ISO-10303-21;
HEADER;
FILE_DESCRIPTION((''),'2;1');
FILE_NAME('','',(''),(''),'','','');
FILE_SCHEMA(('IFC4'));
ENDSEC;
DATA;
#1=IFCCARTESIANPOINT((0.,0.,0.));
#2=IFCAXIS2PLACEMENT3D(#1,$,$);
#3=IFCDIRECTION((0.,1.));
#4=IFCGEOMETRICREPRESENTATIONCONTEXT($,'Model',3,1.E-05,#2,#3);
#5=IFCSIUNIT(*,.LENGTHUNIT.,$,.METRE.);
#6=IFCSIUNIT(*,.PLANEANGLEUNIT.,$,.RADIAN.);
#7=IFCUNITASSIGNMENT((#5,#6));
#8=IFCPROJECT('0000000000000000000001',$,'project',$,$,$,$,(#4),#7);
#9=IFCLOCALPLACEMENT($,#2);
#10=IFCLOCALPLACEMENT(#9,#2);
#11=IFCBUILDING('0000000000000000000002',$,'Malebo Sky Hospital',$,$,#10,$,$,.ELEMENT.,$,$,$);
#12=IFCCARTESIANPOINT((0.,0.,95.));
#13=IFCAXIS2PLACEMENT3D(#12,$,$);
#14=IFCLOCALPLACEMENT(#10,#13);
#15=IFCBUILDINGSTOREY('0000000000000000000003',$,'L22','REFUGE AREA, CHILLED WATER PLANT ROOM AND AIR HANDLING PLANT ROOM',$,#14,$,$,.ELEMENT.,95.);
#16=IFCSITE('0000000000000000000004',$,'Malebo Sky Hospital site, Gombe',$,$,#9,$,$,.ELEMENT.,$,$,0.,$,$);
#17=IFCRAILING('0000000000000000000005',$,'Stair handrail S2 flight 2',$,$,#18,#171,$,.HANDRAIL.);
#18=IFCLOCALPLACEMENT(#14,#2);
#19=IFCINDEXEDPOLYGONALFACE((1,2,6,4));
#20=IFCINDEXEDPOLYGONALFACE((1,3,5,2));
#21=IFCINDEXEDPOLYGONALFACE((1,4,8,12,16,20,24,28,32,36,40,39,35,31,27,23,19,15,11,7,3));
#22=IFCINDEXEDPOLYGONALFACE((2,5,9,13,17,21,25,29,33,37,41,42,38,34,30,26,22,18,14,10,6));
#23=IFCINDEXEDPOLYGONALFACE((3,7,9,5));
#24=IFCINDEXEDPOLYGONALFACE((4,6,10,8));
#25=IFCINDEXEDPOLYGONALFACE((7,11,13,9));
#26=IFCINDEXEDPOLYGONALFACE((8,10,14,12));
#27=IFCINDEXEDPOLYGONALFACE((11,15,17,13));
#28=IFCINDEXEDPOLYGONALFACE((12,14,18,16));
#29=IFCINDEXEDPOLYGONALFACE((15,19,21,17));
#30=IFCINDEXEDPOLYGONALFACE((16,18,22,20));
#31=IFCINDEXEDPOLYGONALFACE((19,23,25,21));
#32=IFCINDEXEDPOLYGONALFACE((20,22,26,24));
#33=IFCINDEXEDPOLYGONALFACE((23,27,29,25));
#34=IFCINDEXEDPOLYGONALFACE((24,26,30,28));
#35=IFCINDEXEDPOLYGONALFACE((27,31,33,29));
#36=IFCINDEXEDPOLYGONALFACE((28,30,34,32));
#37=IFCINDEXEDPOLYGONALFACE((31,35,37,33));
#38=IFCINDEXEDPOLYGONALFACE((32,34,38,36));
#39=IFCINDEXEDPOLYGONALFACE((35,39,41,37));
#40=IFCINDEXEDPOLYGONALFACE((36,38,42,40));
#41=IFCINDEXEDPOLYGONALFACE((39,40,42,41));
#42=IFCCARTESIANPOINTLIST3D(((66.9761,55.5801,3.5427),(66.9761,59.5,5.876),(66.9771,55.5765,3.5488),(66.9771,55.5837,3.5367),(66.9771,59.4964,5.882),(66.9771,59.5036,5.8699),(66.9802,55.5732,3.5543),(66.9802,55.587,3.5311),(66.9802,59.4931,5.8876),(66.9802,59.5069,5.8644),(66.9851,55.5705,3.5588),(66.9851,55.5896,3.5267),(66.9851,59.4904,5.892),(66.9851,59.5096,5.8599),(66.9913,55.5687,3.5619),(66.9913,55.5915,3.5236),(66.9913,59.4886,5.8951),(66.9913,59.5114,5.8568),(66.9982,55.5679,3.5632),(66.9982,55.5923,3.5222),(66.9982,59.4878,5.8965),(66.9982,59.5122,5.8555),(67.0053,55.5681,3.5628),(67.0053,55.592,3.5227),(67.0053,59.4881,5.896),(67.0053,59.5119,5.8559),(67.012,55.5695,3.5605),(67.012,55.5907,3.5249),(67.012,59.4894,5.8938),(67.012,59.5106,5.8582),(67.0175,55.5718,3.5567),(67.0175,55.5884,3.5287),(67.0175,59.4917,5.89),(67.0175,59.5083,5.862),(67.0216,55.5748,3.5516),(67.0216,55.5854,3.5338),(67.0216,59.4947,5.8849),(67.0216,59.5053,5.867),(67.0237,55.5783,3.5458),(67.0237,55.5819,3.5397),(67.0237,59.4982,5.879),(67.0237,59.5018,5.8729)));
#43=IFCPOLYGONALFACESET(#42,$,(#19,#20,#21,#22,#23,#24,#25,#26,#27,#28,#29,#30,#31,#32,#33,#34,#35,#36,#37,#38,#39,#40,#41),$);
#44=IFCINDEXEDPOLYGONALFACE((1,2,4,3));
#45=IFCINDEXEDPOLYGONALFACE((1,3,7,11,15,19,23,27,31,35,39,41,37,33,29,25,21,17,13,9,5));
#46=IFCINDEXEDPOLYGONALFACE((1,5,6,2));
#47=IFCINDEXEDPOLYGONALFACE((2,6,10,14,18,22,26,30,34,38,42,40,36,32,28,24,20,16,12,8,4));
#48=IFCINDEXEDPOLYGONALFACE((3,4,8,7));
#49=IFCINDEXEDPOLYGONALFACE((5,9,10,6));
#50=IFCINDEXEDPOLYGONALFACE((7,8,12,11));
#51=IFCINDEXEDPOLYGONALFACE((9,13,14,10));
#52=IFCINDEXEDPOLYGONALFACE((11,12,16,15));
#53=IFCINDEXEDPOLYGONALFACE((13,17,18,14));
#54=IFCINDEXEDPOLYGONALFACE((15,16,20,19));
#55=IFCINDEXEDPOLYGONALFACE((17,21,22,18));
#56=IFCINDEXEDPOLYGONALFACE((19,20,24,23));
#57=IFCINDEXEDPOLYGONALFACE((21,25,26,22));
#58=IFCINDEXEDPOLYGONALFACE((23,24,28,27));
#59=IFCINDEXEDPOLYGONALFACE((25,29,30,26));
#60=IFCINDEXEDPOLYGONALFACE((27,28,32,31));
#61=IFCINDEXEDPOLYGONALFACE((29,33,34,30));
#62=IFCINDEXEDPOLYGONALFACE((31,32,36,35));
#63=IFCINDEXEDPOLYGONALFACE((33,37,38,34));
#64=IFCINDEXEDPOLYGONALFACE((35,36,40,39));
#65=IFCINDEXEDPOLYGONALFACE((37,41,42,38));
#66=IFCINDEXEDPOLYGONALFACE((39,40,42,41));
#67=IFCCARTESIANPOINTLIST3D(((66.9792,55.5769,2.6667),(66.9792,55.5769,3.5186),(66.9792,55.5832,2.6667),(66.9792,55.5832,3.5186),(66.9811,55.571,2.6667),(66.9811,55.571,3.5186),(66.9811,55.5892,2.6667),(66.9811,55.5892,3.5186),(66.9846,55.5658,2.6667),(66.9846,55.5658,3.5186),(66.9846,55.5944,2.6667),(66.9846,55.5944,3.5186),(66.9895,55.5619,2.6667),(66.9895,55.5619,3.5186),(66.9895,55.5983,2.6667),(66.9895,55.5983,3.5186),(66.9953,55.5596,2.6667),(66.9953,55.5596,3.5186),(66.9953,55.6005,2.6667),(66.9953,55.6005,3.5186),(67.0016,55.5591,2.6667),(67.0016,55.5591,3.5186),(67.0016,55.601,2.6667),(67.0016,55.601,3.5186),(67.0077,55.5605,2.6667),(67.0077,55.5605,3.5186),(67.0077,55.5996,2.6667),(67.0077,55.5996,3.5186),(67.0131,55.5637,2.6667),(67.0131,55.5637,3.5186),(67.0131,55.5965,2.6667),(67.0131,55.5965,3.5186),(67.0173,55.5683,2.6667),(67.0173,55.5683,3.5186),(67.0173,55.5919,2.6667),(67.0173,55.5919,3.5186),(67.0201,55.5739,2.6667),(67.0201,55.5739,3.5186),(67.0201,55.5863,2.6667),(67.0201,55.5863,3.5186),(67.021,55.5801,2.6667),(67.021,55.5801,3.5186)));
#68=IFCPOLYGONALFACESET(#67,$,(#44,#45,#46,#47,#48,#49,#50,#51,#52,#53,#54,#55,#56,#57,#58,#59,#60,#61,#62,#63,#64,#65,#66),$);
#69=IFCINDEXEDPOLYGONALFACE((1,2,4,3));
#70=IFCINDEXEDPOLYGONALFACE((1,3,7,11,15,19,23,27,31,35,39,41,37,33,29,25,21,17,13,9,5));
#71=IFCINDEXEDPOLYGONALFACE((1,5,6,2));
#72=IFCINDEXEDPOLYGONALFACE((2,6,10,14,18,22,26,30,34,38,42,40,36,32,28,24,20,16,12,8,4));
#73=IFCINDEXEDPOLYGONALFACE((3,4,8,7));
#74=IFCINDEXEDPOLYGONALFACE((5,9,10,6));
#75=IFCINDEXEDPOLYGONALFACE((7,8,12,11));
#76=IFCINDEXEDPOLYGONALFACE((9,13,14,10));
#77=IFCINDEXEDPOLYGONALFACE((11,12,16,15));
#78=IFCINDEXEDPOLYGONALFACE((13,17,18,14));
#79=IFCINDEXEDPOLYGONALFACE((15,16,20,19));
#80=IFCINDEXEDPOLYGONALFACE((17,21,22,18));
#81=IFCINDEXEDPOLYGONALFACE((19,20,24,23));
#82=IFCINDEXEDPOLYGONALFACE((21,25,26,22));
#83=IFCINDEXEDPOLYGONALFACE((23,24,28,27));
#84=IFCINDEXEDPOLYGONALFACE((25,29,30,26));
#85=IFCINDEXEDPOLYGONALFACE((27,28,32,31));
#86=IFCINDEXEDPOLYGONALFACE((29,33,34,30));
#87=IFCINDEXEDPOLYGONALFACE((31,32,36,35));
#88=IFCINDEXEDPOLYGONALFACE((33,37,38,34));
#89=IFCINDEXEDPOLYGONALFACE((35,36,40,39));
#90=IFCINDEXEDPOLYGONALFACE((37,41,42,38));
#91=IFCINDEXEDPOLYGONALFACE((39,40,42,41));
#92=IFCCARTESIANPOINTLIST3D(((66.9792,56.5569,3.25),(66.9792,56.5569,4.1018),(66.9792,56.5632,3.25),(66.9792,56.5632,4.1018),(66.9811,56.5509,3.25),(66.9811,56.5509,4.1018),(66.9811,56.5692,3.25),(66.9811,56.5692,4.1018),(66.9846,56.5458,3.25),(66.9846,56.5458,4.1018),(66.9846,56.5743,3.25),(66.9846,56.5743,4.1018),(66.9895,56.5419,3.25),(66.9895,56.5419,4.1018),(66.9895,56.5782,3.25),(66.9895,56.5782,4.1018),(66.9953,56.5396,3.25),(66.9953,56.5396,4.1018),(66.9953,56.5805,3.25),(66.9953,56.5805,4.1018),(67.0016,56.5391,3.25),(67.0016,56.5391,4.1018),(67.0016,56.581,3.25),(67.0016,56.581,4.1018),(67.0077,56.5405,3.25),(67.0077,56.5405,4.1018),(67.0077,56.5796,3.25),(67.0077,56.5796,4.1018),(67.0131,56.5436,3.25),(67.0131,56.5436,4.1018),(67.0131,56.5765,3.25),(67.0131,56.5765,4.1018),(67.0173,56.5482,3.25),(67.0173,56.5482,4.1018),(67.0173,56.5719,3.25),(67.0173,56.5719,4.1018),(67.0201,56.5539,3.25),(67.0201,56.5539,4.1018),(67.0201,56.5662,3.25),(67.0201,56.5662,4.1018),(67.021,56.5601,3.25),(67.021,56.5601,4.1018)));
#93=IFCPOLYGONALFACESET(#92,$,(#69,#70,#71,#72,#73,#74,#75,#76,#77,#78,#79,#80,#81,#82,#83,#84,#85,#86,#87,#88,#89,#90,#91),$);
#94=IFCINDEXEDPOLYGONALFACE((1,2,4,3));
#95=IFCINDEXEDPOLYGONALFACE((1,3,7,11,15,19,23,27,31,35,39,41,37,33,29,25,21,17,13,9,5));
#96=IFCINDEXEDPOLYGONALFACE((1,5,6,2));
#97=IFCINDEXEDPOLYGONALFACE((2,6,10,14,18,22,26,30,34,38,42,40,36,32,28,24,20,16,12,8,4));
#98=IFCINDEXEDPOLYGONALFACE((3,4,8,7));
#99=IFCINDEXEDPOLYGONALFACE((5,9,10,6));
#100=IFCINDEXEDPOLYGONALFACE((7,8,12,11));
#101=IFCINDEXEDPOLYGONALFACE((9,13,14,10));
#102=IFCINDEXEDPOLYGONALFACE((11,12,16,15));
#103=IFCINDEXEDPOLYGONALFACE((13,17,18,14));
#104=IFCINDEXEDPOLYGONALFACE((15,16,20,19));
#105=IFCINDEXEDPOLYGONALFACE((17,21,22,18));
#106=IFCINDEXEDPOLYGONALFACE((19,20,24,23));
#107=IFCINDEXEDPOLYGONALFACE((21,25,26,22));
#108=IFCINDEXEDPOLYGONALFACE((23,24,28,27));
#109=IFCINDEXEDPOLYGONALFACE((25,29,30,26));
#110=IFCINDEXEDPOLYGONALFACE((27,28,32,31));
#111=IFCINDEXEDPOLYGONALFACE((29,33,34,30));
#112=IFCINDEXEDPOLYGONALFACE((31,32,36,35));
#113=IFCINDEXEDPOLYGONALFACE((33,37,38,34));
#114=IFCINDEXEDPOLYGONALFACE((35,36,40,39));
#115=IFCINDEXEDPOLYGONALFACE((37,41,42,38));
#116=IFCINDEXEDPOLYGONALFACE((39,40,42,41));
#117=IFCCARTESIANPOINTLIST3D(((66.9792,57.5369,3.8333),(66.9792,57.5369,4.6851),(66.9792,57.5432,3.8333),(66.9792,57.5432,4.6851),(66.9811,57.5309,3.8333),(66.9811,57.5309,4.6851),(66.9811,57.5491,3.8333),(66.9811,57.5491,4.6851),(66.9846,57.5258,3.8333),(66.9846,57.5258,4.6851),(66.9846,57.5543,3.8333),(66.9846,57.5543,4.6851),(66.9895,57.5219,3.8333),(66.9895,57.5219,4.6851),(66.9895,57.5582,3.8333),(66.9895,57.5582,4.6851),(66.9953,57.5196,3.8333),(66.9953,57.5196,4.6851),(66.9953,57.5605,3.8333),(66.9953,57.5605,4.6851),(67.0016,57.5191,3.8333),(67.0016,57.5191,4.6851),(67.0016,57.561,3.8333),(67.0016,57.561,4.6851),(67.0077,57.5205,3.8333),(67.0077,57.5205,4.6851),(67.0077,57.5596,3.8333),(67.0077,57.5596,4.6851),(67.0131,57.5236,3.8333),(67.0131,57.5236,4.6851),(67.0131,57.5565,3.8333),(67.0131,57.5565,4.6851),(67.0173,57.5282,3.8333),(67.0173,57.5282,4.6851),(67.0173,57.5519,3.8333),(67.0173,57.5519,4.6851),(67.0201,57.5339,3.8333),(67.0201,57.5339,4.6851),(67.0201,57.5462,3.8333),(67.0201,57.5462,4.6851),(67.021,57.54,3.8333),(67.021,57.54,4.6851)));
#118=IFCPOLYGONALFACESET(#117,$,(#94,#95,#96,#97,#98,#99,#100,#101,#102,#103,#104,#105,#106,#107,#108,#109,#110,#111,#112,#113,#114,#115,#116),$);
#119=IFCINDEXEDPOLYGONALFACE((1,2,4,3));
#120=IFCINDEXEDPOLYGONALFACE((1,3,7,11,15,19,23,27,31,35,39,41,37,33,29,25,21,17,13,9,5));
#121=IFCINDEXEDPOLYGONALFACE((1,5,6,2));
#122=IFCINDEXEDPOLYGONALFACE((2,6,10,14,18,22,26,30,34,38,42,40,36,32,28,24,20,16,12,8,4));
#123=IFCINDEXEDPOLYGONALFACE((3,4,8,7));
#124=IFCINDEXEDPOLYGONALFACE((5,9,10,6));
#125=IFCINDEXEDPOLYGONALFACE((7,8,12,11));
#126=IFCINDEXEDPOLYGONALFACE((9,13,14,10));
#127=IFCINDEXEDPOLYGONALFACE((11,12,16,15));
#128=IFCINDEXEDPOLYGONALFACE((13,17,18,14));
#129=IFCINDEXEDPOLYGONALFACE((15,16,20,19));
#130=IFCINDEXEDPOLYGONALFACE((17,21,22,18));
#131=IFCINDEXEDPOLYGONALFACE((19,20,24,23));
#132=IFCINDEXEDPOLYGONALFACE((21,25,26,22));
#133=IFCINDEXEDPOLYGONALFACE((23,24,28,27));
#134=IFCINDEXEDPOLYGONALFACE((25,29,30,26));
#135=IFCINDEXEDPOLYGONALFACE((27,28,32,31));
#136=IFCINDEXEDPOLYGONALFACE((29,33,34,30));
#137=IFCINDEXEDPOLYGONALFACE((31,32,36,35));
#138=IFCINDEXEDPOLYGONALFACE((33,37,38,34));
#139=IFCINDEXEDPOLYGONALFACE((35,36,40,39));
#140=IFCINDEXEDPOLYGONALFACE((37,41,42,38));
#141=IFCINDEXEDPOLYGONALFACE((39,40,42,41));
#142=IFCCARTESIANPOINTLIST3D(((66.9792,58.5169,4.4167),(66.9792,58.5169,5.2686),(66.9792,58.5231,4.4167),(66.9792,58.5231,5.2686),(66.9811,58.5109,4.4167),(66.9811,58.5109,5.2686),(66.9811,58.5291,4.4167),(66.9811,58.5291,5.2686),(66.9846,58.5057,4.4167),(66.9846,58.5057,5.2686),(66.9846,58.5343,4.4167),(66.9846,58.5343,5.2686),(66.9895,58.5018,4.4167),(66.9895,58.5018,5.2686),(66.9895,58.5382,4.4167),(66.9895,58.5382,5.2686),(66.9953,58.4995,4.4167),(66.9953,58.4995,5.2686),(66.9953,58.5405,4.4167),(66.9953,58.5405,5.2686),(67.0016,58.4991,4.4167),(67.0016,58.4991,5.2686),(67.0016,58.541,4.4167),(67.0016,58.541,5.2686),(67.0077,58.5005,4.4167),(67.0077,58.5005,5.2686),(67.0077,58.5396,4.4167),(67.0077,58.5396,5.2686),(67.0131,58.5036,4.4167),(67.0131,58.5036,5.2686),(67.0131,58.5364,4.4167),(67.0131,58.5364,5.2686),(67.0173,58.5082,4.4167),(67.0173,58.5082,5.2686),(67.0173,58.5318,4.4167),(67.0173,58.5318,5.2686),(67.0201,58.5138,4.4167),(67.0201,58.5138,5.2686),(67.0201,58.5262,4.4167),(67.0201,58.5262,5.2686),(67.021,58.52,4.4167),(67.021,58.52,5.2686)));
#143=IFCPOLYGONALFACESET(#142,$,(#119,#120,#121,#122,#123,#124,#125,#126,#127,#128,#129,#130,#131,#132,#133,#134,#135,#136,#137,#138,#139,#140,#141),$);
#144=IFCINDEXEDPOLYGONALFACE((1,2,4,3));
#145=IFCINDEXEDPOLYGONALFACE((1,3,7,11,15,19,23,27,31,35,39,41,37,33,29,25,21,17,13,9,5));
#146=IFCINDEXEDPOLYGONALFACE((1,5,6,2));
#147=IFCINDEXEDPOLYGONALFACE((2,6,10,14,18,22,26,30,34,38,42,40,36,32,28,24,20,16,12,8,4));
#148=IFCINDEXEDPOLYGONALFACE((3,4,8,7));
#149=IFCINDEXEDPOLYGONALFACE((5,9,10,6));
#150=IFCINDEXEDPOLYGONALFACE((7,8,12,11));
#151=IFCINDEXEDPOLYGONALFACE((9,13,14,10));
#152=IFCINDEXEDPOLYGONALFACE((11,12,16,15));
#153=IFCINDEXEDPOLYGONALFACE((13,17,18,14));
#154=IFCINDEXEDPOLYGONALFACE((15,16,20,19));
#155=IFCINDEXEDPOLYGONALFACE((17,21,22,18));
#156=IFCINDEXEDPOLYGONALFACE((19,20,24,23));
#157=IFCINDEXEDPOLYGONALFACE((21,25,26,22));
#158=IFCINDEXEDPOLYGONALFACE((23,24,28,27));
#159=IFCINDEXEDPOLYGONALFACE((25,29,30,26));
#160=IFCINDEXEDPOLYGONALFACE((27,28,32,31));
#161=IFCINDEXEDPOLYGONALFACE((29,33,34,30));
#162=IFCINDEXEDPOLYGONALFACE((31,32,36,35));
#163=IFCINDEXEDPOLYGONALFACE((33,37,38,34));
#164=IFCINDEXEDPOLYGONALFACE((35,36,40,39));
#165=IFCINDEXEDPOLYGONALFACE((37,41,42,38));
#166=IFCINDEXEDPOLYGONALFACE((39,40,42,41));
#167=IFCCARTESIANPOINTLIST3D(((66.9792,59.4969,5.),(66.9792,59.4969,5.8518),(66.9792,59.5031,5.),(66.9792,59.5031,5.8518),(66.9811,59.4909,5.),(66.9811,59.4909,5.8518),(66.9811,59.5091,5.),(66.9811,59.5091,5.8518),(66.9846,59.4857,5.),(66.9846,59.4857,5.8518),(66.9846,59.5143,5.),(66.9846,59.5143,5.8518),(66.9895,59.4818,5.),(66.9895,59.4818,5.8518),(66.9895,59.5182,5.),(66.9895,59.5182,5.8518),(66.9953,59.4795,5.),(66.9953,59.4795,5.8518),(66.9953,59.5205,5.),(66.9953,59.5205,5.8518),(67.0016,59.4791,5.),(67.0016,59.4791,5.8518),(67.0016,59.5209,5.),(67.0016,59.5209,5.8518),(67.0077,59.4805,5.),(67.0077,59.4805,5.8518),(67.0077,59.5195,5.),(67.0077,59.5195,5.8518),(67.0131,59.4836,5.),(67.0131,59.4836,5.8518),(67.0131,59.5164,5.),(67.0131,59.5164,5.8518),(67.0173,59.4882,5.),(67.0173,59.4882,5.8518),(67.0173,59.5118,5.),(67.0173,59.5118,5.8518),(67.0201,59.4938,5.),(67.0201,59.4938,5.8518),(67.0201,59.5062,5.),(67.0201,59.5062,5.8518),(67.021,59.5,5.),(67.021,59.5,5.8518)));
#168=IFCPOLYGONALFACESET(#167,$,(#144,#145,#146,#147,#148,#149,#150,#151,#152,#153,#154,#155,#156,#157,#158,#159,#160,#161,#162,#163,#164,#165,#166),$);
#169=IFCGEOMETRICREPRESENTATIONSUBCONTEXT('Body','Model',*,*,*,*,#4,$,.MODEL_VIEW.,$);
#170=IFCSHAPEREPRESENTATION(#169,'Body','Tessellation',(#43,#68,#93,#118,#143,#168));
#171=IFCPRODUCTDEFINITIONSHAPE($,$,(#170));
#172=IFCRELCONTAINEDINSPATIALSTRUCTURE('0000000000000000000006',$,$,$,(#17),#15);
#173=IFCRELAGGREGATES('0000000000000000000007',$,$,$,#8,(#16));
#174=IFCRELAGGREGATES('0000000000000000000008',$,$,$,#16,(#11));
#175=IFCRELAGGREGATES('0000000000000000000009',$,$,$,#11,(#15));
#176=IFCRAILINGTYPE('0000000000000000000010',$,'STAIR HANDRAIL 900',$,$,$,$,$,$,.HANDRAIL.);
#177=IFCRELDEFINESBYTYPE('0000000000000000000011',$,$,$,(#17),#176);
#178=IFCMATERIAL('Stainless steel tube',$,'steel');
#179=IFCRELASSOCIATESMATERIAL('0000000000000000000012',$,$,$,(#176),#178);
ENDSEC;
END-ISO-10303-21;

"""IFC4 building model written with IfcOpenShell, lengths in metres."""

from ifc_helpers import new_model, si_unit, direction, frame, origin, origin_2d, place, context, subcontext, project, spatial, circle, extrude, material, type_object, element, save


model = new_model("IFC4")

# Units and contexts
model_context = context("Model", 3, precision=1e-05, world=origin(), true_north=direction((0.0, 1.0)))
body_context = subcontext(model_context, "Body", "Model", "MODEL_VIEW")
ifc_project = project(units=[si_unit("LENGTHUNIT", "METRE"), si_unit("PLANEANGLEUNIT", "RADIAN")], contexts=[model_context])

# Site, building, storey
site_placement = place(None, origin())
site = spatial("IfcSite", under=ifc_project, at=site_placement, Name="Malebo Sky Hospital site, Gombe", CompositionType="ELEMENT", RefElevation=0.0)
building_placement = place(site_placement, origin())
building = spatial("IfcBuilding", under=site, at=building_placement, Name="Malebo Sky Hospital", CompositionType="ELEMENT")
storey_placement = place(building_placement, frame((0.0, 0.0, 95.0)))
storey = spatial("IfcBuildingStorey", under=building, at=storey_placement, Name="L22", Description="REFUGE AREA, CHILLED WATER PLANT ROOM AND AIR HANDLING PLANT ROOM", CompositionType="ELEMENT", Elevation=95.0)

# Railing
ifc_material_1 = material(Name="Stainless steel tube", Category="steel")
railing_type = type_object("IfcRailingType", Name="STAIR HANDRAIL 900", PredefinedType="HANDRAIL", material=ifc_material_1)
railing_1_placement = place(storey_placement, frame((67.0, 55.5801, 2.6667)))
element("IfcRailing", 1, at=railing_1_placement, inside=storey, type_object=railing_type, Name="Stair handrail S2 flight 2", PredefinedType="HANDRAIL", context=body_context, shape_type="SweptSolid", body=[
    extrude(circle(Radius=0.0239, at=origin_2d()), frame((0.0, 0.0, 0.876), z_axis=(0.0, 0.859296, 0.511478), x_axis=(-1.0, 0.0, 0.0)), (0.0, 0.0, 1.0), 4.5618),
    extrude(circle(Radius=0.021, at=origin_2d()), origin(), (0.0, 0.0, 1.0), 0.8518),
    extrude(circle(Radius=0.021, at=origin_2d()), frame((0.0, 0.98, 0.5833)), (0.0, 0.0, 1.0), 0.8518),
    extrude(circle(Radius=0.021, at=origin_2d()), frame((0.0, 1.96, 1.1665)), (0.0, 0.0, 1.0), 0.8518),
    extrude(circle(Radius=0.021, at=origin_2d()), frame((0.0, 2.9399, 1.75)), (0.0, 0.0, 1.0), 0.8518),
    extrude(circle(Radius=0.021, at=origin_2d()), frame((0.0, 3.9199, 2.3333)), (0.0, 0.0, 1.0), 0.8518),
])

save(model, "model.ifc")
